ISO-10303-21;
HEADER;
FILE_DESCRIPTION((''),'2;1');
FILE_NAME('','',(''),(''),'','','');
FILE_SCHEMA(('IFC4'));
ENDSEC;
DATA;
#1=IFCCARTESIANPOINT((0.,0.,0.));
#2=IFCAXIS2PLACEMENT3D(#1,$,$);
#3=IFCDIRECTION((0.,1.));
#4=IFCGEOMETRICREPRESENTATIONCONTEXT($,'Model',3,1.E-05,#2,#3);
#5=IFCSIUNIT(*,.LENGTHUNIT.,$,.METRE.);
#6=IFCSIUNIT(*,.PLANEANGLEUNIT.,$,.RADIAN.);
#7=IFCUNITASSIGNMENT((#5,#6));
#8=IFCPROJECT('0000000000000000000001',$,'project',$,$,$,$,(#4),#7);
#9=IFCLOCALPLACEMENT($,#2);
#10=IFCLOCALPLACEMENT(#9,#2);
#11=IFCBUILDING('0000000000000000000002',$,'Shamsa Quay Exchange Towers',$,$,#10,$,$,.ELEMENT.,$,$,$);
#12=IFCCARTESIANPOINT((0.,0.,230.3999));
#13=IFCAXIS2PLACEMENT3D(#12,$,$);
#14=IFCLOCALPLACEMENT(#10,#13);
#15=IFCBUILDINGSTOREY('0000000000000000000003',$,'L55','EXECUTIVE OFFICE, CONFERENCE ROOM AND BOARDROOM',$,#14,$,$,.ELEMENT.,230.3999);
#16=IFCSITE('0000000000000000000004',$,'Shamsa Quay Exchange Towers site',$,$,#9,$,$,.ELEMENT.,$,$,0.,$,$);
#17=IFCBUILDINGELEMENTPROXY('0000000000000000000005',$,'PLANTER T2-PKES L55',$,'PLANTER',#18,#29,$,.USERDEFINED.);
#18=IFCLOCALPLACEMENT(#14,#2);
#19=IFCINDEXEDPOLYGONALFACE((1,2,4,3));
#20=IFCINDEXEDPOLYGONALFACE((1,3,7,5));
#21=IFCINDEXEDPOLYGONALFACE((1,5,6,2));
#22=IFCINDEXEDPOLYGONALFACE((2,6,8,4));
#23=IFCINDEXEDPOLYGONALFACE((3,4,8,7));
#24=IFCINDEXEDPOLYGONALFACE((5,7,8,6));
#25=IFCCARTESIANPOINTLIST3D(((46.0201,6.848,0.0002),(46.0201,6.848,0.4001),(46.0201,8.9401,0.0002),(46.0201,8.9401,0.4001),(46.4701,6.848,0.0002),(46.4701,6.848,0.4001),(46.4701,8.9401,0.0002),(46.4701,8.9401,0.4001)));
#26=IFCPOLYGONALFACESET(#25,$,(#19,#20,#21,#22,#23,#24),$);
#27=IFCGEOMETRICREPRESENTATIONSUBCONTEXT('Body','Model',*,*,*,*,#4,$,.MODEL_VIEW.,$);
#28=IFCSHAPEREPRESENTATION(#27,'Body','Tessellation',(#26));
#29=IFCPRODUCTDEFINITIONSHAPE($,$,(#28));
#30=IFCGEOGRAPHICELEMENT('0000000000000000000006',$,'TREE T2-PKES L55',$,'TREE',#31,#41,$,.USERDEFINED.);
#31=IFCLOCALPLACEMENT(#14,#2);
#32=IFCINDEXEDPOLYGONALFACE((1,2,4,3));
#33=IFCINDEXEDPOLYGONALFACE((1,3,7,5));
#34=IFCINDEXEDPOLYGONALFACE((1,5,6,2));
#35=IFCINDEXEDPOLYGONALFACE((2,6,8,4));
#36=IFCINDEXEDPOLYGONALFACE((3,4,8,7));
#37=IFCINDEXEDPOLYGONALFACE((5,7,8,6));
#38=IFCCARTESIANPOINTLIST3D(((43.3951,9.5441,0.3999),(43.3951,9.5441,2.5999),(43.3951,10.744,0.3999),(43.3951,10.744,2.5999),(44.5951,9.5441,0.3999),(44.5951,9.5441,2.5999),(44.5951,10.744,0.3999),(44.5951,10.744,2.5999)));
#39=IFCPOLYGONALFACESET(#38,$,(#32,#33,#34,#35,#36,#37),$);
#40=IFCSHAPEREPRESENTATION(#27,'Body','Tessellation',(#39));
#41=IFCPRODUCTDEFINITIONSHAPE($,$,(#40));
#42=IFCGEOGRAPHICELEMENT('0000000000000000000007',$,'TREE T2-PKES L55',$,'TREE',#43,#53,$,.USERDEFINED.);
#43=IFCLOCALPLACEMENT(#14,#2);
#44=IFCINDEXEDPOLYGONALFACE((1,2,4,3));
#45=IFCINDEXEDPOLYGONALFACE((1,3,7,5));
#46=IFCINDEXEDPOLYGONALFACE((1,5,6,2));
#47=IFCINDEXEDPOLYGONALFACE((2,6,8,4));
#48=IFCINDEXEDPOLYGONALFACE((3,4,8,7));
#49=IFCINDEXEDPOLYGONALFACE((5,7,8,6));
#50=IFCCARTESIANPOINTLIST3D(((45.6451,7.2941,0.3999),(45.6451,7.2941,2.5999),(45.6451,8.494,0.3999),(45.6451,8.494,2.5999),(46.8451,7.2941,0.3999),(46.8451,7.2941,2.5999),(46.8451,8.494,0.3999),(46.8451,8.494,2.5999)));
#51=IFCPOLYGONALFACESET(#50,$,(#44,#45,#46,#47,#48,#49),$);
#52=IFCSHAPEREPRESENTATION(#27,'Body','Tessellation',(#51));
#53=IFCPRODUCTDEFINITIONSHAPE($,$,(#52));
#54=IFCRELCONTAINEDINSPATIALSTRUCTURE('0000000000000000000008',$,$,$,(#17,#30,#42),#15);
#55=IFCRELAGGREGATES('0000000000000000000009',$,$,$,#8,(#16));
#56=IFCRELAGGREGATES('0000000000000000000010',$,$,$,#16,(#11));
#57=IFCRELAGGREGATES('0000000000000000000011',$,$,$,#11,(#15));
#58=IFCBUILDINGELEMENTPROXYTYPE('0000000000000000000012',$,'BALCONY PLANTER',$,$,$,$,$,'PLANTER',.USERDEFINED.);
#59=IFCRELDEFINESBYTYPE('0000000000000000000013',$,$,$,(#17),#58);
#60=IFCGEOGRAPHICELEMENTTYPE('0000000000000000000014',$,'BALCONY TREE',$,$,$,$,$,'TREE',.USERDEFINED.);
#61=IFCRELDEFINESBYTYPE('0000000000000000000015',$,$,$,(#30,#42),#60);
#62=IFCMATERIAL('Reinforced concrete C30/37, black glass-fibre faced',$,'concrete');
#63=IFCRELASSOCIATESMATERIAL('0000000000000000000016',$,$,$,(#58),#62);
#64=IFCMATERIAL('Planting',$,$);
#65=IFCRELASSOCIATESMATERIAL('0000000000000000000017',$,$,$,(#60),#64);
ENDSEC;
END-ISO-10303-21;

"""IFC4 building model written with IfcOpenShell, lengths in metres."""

from ifc_helpers import new_model, si_unit, direction, frame, origin, origin_2d, place, context, subcontext, project, spatial, rectangle, extrude, material, type_object, element, save


model = new_model("IFC4")

# Units and contexts
model_context = context("Model", 3, precision=1e-05, world=origin(), true_north=direction((0.0, 1.0)))
body_context = subcontext(model_context, "Body", "Model", "MODEL_VIEW")
ifc_project = project(units=[si_unit("LENGTHUNIT", "METRE"), si_unit("PLANEANGLEUNIT", "RADIAN")], contexts=[model_context])

# Site, building, storey
site_placement = place(None, origin())
site = spatial("IfcSite", under=ifc_project, at=site_placement, Name="Shamsa Quay Exchange Towers site", CompositionType="ELEMENT", RefElevation=0.0)
building_placement = place(site_placement, origin())
building = spatial("IfcBuilding", under=site, at=building_placement, Name="Shamsa Quay Exchange Towers", CompositionType="ELEMENT")
storey_placement = place(building_placement, frame((0.0, 0.0, 230.3999)))
storey = spatial("IfcBuildingStorey", under=building, at=storey_placement, Name="L55", Description="EXECUTIVE OFFICE, CONFERENCE ROOM AND BOARDROOM", CompositionType="ELEMENT", Elevation=230.3999)

# Building element proxy
ifc_material_1 = material(Name="Reinforced concrete C30/37, black glass-fibre faced", Category="concrete")
building_element_proxy_type = type_object("IfcBuildingElementProxyType", Name="BALCONY PLANTER", ElementType="PLANTER", PredefinedType="USERDEFINED", material=ifc_material_1)
for number, where, z_axis, x_axis, name in (
    (1, (46.2451, 7.894, 0.0002), (0.0, 0.0, 1.0), (0.0, 1.0, 0.0), "PLANTER T2-PKES L55"),
):
    element("IfcBuildingElementProxy", number, at=place(storey_placement, frame(where, z_axis=z_axis, x_axis=x_axis)), inside=storey, type_object=building_element_proxy_type, Name=name, ObjectType="PLANTER", PredefinedType="USERDEFINED", context=body_context, shape_type="SweptSolid", body=[
        extrude(rectangle(XDim=2.092, YDim=0.45, at=origin_2d()), origin(), (0.0, 0.0, 1.0), 0.3999),
    ])

# Geographic elements
ifc_material_2 = material(Name="Planting")
geographic_element_type = type_object("IfcGeographicElementType", Name="BALCONY TREE", ElementType="TREE", PredefinedType="USERDEFINED", material=ifc_material_2)
for number, where, z_axis, x_axis, name in (
    (2, (43.9951, 10.144, 0.3999), (0.0, 0.0, 1.0), (0.0, 1.0, 0.0), "TREE T2-PKES L55"),
    (3, (46.2451, 7.894, 0.3999), (0.0, 0.0, 1.0), (0.0, 1.0, 0.0), "TREE T2-PKES L55"),
):
    element("IfcGeographicElement", number, at=place(storey_placement, frame(where, z_axis=z_axis, x_axis=x_axis)), inside=storey, type_object=geographic_element_type, Name=name, ObjectType="TREE", PredefinedType="USERDEFINED", context=body_context, shape_type="SweptSolid", body=[
        extrude(rectangle(XDim=1.2, YDim=1.2, at=origin_2d()), origin(), (0.0, 0.0, 1.0), 2.2),
    ])

save(model, "model.ifc")
